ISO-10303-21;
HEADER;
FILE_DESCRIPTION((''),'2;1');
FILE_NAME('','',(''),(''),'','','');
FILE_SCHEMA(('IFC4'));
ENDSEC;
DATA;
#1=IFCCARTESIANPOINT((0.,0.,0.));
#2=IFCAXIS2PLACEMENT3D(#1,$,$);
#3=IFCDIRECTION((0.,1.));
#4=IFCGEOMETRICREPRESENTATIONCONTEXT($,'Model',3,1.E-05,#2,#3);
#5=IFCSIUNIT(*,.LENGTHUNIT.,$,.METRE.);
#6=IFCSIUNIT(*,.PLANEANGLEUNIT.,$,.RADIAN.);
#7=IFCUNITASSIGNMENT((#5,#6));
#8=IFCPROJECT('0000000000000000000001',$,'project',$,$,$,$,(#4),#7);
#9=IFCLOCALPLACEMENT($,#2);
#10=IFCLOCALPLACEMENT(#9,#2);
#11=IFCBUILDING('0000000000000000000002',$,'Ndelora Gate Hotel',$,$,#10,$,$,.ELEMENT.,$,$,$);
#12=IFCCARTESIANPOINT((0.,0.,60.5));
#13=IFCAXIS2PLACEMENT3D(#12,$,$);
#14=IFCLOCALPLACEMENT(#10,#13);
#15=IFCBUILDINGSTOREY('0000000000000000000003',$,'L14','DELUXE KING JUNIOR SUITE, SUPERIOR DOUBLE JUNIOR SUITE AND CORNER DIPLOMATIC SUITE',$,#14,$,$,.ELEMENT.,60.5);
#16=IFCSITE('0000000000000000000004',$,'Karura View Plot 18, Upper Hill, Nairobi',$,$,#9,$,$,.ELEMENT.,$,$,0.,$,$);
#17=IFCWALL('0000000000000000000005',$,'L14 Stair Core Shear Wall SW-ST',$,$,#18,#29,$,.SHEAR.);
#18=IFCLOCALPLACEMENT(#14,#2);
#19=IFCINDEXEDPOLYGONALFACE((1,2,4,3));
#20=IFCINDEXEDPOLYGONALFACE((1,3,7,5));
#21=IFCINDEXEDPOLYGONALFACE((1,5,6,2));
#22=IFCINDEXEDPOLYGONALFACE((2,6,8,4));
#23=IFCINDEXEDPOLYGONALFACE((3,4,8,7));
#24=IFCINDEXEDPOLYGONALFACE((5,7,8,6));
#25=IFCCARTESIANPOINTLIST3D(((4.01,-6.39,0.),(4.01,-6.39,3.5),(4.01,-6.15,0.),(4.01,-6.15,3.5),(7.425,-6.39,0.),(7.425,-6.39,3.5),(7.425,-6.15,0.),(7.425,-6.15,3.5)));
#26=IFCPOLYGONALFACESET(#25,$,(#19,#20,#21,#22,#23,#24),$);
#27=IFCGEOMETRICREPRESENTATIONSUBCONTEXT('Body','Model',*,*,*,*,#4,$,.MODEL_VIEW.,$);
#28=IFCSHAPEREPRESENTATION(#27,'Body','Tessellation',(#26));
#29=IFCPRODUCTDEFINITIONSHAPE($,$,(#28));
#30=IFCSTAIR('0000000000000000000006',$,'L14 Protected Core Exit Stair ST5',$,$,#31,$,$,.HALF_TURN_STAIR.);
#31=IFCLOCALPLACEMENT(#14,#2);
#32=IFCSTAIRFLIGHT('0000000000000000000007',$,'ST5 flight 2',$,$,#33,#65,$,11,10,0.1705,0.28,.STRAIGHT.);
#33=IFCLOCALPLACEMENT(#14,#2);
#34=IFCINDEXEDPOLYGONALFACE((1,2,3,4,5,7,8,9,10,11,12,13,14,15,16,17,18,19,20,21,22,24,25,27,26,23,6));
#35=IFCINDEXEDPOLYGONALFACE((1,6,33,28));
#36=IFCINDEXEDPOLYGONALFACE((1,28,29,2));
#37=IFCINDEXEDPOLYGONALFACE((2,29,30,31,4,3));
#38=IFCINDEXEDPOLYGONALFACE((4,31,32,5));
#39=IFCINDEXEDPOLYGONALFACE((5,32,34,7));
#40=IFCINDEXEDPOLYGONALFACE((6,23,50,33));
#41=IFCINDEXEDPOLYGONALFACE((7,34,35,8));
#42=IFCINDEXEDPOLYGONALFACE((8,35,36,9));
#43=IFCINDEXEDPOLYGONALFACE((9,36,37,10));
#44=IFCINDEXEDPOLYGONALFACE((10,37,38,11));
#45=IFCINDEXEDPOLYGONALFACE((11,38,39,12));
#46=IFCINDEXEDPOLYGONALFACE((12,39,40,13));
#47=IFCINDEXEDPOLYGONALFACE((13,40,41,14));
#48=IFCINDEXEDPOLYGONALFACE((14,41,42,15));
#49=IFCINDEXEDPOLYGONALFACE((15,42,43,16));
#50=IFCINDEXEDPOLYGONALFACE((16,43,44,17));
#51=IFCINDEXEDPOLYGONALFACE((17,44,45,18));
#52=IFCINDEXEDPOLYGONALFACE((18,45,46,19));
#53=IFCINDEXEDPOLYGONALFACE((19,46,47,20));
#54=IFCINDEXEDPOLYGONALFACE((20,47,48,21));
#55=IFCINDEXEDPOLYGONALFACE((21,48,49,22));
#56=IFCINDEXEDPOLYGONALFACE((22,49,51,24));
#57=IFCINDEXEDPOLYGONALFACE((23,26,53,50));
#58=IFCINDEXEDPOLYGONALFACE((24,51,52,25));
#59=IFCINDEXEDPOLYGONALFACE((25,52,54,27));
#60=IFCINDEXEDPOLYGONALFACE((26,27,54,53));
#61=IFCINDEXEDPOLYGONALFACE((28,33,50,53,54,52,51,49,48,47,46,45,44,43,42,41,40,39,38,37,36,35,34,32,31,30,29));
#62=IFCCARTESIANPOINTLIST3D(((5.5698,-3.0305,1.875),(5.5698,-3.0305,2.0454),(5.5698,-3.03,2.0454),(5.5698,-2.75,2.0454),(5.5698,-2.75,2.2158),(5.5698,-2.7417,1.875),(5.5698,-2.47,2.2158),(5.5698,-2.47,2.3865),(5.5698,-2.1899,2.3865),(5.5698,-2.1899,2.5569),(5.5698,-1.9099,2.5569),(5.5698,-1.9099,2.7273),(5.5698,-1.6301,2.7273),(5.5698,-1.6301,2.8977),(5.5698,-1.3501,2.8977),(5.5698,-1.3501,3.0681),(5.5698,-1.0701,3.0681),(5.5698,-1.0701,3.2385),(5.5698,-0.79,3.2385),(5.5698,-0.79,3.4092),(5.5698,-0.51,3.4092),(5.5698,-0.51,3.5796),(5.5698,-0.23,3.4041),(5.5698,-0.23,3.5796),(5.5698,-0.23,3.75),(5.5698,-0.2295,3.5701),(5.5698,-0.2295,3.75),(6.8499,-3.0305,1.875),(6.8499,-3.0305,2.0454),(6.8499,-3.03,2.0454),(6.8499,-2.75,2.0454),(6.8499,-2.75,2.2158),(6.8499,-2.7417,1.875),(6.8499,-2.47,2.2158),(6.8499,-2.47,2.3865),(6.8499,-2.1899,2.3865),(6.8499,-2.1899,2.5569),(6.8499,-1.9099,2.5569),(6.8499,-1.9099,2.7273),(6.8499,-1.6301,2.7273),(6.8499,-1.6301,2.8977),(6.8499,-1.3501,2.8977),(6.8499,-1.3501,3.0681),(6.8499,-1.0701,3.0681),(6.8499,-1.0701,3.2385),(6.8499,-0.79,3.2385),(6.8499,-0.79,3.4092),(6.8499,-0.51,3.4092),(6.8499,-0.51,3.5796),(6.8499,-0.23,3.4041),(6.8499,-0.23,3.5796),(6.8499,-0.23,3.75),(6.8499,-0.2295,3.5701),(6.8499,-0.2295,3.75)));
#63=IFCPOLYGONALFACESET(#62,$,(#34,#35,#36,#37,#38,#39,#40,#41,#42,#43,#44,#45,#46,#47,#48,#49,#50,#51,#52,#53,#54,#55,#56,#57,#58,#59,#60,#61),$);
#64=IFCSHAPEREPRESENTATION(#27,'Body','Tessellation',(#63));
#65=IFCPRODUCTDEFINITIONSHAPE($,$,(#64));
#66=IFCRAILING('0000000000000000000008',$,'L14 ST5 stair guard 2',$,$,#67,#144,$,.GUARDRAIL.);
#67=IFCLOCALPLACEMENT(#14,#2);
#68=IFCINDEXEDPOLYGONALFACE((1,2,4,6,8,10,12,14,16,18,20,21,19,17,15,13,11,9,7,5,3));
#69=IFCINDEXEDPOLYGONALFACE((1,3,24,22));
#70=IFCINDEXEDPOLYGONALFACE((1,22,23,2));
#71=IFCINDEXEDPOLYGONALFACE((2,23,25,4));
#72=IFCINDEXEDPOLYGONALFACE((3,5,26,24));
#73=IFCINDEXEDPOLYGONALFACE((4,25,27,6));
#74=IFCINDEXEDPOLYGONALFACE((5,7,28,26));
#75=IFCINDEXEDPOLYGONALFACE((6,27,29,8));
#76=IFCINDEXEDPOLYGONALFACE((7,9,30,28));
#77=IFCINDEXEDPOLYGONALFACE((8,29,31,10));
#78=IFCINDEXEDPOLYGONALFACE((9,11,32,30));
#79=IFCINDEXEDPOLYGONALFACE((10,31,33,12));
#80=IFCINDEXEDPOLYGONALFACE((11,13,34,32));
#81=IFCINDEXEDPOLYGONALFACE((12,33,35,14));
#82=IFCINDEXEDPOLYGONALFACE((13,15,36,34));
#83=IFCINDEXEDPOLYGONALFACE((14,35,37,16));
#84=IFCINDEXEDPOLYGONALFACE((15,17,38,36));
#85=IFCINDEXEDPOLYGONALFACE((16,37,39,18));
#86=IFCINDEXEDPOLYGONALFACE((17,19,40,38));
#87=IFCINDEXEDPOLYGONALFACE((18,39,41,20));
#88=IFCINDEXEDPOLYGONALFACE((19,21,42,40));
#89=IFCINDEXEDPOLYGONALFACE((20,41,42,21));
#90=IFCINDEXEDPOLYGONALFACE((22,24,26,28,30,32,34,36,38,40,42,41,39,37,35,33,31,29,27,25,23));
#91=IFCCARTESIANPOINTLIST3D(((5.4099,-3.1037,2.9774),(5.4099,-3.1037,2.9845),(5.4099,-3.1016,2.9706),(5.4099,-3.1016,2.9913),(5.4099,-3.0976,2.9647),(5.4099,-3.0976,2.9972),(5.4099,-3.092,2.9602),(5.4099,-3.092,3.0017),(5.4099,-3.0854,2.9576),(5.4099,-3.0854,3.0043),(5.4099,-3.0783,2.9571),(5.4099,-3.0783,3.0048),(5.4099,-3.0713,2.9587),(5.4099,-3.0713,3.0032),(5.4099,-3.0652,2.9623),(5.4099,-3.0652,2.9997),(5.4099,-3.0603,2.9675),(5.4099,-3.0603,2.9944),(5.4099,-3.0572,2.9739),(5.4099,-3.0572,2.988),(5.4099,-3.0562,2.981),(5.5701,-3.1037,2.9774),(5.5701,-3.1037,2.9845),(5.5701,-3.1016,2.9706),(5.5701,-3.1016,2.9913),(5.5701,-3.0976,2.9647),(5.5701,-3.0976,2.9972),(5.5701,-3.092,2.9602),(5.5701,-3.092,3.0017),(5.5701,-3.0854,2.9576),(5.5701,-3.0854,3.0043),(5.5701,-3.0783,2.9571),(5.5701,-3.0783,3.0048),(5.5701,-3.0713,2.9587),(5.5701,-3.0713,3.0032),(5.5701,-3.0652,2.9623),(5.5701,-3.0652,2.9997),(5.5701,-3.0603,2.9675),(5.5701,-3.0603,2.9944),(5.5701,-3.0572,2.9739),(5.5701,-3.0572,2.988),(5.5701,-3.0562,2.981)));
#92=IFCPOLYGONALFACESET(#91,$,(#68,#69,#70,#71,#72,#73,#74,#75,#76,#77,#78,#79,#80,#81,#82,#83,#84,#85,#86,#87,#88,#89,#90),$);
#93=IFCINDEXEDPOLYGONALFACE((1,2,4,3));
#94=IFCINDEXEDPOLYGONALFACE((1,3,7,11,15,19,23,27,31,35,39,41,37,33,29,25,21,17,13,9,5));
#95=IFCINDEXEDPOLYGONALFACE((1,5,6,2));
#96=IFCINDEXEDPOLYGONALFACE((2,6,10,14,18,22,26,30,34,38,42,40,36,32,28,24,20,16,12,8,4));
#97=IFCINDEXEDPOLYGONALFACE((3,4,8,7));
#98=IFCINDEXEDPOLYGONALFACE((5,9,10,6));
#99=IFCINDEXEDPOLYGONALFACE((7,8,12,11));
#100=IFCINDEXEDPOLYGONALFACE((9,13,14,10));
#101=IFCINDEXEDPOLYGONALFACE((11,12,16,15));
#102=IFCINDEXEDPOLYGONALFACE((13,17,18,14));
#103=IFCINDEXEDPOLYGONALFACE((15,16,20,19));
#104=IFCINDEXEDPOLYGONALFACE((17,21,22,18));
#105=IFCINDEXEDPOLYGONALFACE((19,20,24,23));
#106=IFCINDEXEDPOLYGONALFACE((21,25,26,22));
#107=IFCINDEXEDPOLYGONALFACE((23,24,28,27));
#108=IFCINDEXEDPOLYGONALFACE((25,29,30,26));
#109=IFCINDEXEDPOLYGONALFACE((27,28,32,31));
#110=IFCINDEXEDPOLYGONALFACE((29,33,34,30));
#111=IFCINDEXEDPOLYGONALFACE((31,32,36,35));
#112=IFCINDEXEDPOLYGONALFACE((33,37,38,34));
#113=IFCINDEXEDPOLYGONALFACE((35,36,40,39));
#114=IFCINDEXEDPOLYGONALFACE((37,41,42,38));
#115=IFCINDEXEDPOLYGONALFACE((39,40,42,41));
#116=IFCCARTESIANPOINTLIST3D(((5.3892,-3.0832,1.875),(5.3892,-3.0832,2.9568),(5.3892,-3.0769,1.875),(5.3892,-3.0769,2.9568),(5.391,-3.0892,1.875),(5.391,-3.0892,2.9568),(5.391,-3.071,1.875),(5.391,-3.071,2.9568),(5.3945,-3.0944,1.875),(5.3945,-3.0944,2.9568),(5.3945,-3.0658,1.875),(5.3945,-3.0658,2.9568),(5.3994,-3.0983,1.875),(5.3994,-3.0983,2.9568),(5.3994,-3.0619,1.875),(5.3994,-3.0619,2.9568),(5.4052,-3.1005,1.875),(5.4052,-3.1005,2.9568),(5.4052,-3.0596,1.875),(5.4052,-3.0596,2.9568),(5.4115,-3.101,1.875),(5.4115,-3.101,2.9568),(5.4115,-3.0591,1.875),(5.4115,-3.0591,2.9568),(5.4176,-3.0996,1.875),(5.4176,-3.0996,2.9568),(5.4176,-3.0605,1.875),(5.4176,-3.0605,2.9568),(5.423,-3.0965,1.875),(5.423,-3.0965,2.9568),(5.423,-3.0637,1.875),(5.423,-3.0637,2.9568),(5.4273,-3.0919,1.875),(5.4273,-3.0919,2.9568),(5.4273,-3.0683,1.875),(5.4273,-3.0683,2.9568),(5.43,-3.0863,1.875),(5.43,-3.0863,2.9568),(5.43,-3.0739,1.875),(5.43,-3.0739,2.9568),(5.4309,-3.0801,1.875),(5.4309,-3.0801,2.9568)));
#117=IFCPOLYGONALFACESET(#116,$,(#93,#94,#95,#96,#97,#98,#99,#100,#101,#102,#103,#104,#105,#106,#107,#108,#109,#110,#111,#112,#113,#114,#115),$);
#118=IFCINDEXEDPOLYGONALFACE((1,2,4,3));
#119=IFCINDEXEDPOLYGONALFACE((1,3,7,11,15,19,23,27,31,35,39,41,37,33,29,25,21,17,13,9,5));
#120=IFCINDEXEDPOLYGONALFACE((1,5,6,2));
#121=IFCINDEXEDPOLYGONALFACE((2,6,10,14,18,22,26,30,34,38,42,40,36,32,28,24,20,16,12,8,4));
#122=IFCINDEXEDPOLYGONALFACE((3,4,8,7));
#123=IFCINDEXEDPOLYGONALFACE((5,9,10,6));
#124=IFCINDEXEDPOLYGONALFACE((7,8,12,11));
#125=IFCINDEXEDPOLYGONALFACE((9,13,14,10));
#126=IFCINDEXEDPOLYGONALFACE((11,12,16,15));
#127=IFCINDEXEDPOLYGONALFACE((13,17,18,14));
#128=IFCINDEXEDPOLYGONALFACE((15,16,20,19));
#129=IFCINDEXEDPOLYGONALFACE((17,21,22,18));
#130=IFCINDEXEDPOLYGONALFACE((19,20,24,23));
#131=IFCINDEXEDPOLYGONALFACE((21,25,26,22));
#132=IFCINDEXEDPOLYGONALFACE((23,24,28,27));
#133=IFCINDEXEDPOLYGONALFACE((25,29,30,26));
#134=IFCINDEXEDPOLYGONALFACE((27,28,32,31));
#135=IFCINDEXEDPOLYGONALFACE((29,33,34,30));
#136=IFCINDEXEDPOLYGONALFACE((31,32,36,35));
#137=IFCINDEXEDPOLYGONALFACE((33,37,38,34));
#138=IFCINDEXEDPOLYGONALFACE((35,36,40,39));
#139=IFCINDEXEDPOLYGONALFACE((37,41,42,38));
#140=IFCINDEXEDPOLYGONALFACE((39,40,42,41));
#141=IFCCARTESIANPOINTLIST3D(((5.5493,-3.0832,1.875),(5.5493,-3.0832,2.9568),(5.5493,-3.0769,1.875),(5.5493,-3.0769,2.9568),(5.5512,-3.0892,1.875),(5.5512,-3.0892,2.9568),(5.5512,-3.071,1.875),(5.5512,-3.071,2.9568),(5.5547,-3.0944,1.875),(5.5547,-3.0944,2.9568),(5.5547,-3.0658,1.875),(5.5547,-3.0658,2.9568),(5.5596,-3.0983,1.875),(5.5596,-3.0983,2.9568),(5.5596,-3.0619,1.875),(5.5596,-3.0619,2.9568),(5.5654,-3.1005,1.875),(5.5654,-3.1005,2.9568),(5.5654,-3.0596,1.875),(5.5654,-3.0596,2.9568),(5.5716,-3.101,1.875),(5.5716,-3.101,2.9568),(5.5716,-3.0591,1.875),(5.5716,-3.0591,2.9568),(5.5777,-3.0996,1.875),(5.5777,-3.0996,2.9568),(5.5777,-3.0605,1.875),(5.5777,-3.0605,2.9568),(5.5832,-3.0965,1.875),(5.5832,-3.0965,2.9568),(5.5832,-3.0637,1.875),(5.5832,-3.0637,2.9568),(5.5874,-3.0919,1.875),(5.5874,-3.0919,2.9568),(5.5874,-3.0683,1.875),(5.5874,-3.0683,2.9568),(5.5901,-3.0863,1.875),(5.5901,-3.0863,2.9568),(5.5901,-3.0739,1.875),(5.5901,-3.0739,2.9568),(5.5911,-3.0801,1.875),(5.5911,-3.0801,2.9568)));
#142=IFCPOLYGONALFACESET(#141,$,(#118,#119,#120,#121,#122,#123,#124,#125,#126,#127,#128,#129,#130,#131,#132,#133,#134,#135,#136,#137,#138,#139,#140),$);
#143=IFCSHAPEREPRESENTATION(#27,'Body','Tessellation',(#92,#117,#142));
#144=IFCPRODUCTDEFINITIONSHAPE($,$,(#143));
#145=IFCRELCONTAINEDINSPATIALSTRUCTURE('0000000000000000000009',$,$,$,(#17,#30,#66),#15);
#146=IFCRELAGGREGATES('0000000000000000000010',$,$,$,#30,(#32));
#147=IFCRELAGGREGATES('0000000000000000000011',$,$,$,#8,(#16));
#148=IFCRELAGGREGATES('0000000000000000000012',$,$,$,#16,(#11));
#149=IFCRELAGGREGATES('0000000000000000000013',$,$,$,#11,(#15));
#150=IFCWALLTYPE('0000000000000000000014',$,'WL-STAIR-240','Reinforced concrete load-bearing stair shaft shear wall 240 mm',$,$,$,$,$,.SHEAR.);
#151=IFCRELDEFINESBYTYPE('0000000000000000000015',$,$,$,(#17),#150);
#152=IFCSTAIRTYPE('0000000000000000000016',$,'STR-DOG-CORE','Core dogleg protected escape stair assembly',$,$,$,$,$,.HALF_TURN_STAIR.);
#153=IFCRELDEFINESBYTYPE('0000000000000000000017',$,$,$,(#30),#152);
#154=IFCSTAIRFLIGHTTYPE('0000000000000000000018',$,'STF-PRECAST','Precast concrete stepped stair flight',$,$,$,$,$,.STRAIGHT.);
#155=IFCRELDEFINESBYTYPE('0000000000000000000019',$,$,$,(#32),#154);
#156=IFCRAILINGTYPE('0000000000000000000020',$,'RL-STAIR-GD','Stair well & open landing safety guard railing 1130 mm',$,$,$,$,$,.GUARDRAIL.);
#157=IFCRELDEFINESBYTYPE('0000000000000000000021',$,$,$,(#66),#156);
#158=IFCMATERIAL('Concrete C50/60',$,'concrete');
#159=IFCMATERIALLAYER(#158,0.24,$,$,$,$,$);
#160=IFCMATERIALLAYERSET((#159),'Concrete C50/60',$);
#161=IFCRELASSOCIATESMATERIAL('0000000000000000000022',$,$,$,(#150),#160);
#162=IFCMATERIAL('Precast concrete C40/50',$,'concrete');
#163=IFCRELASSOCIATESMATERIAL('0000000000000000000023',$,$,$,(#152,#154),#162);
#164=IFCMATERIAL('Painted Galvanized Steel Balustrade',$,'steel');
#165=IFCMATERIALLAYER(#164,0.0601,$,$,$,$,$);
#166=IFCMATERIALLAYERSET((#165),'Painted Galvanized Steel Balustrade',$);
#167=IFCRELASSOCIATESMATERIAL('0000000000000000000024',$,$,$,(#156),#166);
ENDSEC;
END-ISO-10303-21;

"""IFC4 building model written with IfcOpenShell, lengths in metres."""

from ifc_helpers import new_model, si_unit, direction, frame, frame_2d, origin, origin_2d, place, context, subcontext, project, spatial, polyline, rectangle, circle, outline, extrude, material, layer, layer_set, type_object, element, aggregate, save


model = new_model("IFC4")

# Units and contexts
model_context = context("Model", 3, precision=1e-05, world=origin(), true_north=direction((0.0, 1.0)))
body_context = subcontext(model_context, "Body", "Model", "MODEL_VIEW")
ifc_project = project(units=[si_unit("LENGTHUNIT", "METRE"), si_unit("PLANEANGLEUNIT", "RADIAN")], contexts=[model_context])

# Site, building, storey
site_placement = place(None, origin())
site = spatial("IfcSite", under=ifc_project, at=site_placement, Name="Karura View Plot 18, Upper Hill, Nairobi", CompositionType="ELEMENT", RefElevation=0.0)
building_placement = place(site_placement, origin())
building = spatial("IfcBuilding", under=site, at=building_placement, Name="Ndelora Gate Hotel", CompositionType="ELEMENT")
storey_placement = place(building_placement, frame((0.0, 0.0, 60.5)))
storey = spatial("IfcBuildingStorey", under=building, at=storey_placement, Name="L14", Description="DELUXE KING JUNIOR SUITE, SUPERIOR DOUBLE JUNIOR SUITE AND CORNER DIPLOMATIC SUITE", CompositionType="ELEMENT", Elevation=60.5)

# Wall
ifc_material_1 = material(Name="Concrete C50/60", Category="concrete")
ifc_layer_1 = layer(ifc_material_1, 0.24)
ifc_layer_set_1 = layer_set([ifc_layer_1], Name="Concrete C50/60")
wall_type_1 = type_object("IfcWallType", Name="WL-STAIR-240", Description="Reinforced concrete load-bearing stair shaft shear wall 240 mm", PredefinedType="SHEAR", material=ifc_layer_set_1)
wall_1_placement = place(storey_placement, frame((4.01, -6.27, 0.0), z_axis=(0.0, 0.0, 1.0), x_axis=(1.0, 0.0, 0.0)))
element("IfcWall", 1, at=wall_1_placement, inside=storey, type_object=wall_type_1, Name="L14 Stair Core Shear Wall SW-ST", PredefinedType="SHEAR", context=body_context, shape_type="SweptSolid", body=[
    extrude(rectangle(XDim=3.415, YDim=0.24, at=frame_2d((1.7075, 0.0))), origin(), (0.0, 0.0, 1.0), 3.5),
])

# Stair, stair flight
ifc_material_2 = material(Name="Precast concrete C40/50", Category="concrete")
stair_type = type_object("IfcStairType", Name="STR-DOG-CORE", Description="Core dogleg protected escape stair assembly", PredefinedType="HALF_TURN_STAIR", material=ifc_material_2)
stair_placement = place(storey_placement, origin())
stair = element("IfcStair", 2, at=stair_placement, inside=storey, type_object=stair_type, Name="L14 Protected Core Exit Stair ST5", PredefinedType="HALF_TURN_STAIR")
stair_flight_type = type_object("IfcStairFlightType", Name="STF-PRECAST", Description="Precast concrete stepped stair flight", PredefinedType="STRAIGHT", material=ifc_material_2)
stair_flight_placement = place(storey_placement, frame((6.21, -3.03, 1.875), z_axis=(0.0, 0.0, 1.0), x_axis=(0.0, 1.0, 0.0)))
stair_flight = element("IfcStairFlight", 3, at=stair_flight_placement, type_object=stair_flight_type, Name="ST5 flight 2", NumberOfRisers=11, NumberOfTreads=10, PredefinedType="STRAIGHT", RiserHeight=0.1705, TreadLength=0.28, context=body_context, shape_type="SweptSolid", body=[
    extrude(outline(polyline([(-0.0005, 0.0), (-0.0005, 0.1704), (0.0, 0.1704), (0.28, 0.1704), (0.28, 0.3408), (0.5601, 0.3408), (0.5601, 0.5115), (0.8401, 0.5115), (0.8401, 0.6819), (1.1201, 0.6819), (1.1201, 0.8523), (1.3999, 0.8523), (1.3999, 1.0227), (1.6799, 1.0227), (1.6799, 1.1931), (1.96, 1.1931), (1.96, 1.3635), (2.24, 1.3635), (2.24, 1.5342), (2.52, 1.5342), (2.52, 1.7046), (2.8, 1.7046), (2.8, 1.875), (2.8005, 1.875), (2.8005, 1.6951), (2.8, 1.5291), (0.2883, 0.0), (-0.0005, 0.0)])), frame((0.0, 0.6401, 0.0), z_axis=(0.0, -1.0, 0.0), x_axis=(1.0, 0.0, 0.0)), (0.0, 0.0, 1.0), 1.28),
])
aggregate(stair, [stair_flight])

# Railing
ifc_material_3 = material(Name="Painted Galvanized Steel Balustrade", Category="steel")
ifc_layer_2 = layer(ifc_material_3, 0.0601)
ifc_layer_set_2 = layer_set([ifc_layer_2], Name="Painted Galvanized Steel Balustrade")
railing_type = type_object("IfcRailingType", Name="RL-STAIR-GD", Description="Stair well & open landing safety guard railing 1130 mm", PredefinedType="GUARDRAIL", material=ifc_layer_set_2)
railing_1_placement = place(storey_placement, frame((5.4099, -3.0801, 1.875)))
element("IfcRailing", 4, at=railing_1_placement, inside=storey, type_object=railing_type, Name="L14 ST5 stair guard 2", PredefinedType="GUARDRAIL", context=body_context, shape_type="SweptSolid", body=[
    extrude(circle(Radius=0.0239, at=origin_2d()), frame((0.0, 0.0, 1.106), z_axis=(1.0, 0.0, 0.0), x_axis=(0.0, 1.0, 0.0)), (0.0, 0.0, 1.0), 0.1602),
    extrude(circle(Radius=0.021, at=origin_2d()), origin(), (0.0, 0.0, 1.0), 1.0818),
    extrude(circle(Radius=0.021, at=origin_2d()), frame((0.1602, 0.0, 0.0)), (0.0, 0.0, 1.0), 1.0818),
])

save(model, "model.ifc")
